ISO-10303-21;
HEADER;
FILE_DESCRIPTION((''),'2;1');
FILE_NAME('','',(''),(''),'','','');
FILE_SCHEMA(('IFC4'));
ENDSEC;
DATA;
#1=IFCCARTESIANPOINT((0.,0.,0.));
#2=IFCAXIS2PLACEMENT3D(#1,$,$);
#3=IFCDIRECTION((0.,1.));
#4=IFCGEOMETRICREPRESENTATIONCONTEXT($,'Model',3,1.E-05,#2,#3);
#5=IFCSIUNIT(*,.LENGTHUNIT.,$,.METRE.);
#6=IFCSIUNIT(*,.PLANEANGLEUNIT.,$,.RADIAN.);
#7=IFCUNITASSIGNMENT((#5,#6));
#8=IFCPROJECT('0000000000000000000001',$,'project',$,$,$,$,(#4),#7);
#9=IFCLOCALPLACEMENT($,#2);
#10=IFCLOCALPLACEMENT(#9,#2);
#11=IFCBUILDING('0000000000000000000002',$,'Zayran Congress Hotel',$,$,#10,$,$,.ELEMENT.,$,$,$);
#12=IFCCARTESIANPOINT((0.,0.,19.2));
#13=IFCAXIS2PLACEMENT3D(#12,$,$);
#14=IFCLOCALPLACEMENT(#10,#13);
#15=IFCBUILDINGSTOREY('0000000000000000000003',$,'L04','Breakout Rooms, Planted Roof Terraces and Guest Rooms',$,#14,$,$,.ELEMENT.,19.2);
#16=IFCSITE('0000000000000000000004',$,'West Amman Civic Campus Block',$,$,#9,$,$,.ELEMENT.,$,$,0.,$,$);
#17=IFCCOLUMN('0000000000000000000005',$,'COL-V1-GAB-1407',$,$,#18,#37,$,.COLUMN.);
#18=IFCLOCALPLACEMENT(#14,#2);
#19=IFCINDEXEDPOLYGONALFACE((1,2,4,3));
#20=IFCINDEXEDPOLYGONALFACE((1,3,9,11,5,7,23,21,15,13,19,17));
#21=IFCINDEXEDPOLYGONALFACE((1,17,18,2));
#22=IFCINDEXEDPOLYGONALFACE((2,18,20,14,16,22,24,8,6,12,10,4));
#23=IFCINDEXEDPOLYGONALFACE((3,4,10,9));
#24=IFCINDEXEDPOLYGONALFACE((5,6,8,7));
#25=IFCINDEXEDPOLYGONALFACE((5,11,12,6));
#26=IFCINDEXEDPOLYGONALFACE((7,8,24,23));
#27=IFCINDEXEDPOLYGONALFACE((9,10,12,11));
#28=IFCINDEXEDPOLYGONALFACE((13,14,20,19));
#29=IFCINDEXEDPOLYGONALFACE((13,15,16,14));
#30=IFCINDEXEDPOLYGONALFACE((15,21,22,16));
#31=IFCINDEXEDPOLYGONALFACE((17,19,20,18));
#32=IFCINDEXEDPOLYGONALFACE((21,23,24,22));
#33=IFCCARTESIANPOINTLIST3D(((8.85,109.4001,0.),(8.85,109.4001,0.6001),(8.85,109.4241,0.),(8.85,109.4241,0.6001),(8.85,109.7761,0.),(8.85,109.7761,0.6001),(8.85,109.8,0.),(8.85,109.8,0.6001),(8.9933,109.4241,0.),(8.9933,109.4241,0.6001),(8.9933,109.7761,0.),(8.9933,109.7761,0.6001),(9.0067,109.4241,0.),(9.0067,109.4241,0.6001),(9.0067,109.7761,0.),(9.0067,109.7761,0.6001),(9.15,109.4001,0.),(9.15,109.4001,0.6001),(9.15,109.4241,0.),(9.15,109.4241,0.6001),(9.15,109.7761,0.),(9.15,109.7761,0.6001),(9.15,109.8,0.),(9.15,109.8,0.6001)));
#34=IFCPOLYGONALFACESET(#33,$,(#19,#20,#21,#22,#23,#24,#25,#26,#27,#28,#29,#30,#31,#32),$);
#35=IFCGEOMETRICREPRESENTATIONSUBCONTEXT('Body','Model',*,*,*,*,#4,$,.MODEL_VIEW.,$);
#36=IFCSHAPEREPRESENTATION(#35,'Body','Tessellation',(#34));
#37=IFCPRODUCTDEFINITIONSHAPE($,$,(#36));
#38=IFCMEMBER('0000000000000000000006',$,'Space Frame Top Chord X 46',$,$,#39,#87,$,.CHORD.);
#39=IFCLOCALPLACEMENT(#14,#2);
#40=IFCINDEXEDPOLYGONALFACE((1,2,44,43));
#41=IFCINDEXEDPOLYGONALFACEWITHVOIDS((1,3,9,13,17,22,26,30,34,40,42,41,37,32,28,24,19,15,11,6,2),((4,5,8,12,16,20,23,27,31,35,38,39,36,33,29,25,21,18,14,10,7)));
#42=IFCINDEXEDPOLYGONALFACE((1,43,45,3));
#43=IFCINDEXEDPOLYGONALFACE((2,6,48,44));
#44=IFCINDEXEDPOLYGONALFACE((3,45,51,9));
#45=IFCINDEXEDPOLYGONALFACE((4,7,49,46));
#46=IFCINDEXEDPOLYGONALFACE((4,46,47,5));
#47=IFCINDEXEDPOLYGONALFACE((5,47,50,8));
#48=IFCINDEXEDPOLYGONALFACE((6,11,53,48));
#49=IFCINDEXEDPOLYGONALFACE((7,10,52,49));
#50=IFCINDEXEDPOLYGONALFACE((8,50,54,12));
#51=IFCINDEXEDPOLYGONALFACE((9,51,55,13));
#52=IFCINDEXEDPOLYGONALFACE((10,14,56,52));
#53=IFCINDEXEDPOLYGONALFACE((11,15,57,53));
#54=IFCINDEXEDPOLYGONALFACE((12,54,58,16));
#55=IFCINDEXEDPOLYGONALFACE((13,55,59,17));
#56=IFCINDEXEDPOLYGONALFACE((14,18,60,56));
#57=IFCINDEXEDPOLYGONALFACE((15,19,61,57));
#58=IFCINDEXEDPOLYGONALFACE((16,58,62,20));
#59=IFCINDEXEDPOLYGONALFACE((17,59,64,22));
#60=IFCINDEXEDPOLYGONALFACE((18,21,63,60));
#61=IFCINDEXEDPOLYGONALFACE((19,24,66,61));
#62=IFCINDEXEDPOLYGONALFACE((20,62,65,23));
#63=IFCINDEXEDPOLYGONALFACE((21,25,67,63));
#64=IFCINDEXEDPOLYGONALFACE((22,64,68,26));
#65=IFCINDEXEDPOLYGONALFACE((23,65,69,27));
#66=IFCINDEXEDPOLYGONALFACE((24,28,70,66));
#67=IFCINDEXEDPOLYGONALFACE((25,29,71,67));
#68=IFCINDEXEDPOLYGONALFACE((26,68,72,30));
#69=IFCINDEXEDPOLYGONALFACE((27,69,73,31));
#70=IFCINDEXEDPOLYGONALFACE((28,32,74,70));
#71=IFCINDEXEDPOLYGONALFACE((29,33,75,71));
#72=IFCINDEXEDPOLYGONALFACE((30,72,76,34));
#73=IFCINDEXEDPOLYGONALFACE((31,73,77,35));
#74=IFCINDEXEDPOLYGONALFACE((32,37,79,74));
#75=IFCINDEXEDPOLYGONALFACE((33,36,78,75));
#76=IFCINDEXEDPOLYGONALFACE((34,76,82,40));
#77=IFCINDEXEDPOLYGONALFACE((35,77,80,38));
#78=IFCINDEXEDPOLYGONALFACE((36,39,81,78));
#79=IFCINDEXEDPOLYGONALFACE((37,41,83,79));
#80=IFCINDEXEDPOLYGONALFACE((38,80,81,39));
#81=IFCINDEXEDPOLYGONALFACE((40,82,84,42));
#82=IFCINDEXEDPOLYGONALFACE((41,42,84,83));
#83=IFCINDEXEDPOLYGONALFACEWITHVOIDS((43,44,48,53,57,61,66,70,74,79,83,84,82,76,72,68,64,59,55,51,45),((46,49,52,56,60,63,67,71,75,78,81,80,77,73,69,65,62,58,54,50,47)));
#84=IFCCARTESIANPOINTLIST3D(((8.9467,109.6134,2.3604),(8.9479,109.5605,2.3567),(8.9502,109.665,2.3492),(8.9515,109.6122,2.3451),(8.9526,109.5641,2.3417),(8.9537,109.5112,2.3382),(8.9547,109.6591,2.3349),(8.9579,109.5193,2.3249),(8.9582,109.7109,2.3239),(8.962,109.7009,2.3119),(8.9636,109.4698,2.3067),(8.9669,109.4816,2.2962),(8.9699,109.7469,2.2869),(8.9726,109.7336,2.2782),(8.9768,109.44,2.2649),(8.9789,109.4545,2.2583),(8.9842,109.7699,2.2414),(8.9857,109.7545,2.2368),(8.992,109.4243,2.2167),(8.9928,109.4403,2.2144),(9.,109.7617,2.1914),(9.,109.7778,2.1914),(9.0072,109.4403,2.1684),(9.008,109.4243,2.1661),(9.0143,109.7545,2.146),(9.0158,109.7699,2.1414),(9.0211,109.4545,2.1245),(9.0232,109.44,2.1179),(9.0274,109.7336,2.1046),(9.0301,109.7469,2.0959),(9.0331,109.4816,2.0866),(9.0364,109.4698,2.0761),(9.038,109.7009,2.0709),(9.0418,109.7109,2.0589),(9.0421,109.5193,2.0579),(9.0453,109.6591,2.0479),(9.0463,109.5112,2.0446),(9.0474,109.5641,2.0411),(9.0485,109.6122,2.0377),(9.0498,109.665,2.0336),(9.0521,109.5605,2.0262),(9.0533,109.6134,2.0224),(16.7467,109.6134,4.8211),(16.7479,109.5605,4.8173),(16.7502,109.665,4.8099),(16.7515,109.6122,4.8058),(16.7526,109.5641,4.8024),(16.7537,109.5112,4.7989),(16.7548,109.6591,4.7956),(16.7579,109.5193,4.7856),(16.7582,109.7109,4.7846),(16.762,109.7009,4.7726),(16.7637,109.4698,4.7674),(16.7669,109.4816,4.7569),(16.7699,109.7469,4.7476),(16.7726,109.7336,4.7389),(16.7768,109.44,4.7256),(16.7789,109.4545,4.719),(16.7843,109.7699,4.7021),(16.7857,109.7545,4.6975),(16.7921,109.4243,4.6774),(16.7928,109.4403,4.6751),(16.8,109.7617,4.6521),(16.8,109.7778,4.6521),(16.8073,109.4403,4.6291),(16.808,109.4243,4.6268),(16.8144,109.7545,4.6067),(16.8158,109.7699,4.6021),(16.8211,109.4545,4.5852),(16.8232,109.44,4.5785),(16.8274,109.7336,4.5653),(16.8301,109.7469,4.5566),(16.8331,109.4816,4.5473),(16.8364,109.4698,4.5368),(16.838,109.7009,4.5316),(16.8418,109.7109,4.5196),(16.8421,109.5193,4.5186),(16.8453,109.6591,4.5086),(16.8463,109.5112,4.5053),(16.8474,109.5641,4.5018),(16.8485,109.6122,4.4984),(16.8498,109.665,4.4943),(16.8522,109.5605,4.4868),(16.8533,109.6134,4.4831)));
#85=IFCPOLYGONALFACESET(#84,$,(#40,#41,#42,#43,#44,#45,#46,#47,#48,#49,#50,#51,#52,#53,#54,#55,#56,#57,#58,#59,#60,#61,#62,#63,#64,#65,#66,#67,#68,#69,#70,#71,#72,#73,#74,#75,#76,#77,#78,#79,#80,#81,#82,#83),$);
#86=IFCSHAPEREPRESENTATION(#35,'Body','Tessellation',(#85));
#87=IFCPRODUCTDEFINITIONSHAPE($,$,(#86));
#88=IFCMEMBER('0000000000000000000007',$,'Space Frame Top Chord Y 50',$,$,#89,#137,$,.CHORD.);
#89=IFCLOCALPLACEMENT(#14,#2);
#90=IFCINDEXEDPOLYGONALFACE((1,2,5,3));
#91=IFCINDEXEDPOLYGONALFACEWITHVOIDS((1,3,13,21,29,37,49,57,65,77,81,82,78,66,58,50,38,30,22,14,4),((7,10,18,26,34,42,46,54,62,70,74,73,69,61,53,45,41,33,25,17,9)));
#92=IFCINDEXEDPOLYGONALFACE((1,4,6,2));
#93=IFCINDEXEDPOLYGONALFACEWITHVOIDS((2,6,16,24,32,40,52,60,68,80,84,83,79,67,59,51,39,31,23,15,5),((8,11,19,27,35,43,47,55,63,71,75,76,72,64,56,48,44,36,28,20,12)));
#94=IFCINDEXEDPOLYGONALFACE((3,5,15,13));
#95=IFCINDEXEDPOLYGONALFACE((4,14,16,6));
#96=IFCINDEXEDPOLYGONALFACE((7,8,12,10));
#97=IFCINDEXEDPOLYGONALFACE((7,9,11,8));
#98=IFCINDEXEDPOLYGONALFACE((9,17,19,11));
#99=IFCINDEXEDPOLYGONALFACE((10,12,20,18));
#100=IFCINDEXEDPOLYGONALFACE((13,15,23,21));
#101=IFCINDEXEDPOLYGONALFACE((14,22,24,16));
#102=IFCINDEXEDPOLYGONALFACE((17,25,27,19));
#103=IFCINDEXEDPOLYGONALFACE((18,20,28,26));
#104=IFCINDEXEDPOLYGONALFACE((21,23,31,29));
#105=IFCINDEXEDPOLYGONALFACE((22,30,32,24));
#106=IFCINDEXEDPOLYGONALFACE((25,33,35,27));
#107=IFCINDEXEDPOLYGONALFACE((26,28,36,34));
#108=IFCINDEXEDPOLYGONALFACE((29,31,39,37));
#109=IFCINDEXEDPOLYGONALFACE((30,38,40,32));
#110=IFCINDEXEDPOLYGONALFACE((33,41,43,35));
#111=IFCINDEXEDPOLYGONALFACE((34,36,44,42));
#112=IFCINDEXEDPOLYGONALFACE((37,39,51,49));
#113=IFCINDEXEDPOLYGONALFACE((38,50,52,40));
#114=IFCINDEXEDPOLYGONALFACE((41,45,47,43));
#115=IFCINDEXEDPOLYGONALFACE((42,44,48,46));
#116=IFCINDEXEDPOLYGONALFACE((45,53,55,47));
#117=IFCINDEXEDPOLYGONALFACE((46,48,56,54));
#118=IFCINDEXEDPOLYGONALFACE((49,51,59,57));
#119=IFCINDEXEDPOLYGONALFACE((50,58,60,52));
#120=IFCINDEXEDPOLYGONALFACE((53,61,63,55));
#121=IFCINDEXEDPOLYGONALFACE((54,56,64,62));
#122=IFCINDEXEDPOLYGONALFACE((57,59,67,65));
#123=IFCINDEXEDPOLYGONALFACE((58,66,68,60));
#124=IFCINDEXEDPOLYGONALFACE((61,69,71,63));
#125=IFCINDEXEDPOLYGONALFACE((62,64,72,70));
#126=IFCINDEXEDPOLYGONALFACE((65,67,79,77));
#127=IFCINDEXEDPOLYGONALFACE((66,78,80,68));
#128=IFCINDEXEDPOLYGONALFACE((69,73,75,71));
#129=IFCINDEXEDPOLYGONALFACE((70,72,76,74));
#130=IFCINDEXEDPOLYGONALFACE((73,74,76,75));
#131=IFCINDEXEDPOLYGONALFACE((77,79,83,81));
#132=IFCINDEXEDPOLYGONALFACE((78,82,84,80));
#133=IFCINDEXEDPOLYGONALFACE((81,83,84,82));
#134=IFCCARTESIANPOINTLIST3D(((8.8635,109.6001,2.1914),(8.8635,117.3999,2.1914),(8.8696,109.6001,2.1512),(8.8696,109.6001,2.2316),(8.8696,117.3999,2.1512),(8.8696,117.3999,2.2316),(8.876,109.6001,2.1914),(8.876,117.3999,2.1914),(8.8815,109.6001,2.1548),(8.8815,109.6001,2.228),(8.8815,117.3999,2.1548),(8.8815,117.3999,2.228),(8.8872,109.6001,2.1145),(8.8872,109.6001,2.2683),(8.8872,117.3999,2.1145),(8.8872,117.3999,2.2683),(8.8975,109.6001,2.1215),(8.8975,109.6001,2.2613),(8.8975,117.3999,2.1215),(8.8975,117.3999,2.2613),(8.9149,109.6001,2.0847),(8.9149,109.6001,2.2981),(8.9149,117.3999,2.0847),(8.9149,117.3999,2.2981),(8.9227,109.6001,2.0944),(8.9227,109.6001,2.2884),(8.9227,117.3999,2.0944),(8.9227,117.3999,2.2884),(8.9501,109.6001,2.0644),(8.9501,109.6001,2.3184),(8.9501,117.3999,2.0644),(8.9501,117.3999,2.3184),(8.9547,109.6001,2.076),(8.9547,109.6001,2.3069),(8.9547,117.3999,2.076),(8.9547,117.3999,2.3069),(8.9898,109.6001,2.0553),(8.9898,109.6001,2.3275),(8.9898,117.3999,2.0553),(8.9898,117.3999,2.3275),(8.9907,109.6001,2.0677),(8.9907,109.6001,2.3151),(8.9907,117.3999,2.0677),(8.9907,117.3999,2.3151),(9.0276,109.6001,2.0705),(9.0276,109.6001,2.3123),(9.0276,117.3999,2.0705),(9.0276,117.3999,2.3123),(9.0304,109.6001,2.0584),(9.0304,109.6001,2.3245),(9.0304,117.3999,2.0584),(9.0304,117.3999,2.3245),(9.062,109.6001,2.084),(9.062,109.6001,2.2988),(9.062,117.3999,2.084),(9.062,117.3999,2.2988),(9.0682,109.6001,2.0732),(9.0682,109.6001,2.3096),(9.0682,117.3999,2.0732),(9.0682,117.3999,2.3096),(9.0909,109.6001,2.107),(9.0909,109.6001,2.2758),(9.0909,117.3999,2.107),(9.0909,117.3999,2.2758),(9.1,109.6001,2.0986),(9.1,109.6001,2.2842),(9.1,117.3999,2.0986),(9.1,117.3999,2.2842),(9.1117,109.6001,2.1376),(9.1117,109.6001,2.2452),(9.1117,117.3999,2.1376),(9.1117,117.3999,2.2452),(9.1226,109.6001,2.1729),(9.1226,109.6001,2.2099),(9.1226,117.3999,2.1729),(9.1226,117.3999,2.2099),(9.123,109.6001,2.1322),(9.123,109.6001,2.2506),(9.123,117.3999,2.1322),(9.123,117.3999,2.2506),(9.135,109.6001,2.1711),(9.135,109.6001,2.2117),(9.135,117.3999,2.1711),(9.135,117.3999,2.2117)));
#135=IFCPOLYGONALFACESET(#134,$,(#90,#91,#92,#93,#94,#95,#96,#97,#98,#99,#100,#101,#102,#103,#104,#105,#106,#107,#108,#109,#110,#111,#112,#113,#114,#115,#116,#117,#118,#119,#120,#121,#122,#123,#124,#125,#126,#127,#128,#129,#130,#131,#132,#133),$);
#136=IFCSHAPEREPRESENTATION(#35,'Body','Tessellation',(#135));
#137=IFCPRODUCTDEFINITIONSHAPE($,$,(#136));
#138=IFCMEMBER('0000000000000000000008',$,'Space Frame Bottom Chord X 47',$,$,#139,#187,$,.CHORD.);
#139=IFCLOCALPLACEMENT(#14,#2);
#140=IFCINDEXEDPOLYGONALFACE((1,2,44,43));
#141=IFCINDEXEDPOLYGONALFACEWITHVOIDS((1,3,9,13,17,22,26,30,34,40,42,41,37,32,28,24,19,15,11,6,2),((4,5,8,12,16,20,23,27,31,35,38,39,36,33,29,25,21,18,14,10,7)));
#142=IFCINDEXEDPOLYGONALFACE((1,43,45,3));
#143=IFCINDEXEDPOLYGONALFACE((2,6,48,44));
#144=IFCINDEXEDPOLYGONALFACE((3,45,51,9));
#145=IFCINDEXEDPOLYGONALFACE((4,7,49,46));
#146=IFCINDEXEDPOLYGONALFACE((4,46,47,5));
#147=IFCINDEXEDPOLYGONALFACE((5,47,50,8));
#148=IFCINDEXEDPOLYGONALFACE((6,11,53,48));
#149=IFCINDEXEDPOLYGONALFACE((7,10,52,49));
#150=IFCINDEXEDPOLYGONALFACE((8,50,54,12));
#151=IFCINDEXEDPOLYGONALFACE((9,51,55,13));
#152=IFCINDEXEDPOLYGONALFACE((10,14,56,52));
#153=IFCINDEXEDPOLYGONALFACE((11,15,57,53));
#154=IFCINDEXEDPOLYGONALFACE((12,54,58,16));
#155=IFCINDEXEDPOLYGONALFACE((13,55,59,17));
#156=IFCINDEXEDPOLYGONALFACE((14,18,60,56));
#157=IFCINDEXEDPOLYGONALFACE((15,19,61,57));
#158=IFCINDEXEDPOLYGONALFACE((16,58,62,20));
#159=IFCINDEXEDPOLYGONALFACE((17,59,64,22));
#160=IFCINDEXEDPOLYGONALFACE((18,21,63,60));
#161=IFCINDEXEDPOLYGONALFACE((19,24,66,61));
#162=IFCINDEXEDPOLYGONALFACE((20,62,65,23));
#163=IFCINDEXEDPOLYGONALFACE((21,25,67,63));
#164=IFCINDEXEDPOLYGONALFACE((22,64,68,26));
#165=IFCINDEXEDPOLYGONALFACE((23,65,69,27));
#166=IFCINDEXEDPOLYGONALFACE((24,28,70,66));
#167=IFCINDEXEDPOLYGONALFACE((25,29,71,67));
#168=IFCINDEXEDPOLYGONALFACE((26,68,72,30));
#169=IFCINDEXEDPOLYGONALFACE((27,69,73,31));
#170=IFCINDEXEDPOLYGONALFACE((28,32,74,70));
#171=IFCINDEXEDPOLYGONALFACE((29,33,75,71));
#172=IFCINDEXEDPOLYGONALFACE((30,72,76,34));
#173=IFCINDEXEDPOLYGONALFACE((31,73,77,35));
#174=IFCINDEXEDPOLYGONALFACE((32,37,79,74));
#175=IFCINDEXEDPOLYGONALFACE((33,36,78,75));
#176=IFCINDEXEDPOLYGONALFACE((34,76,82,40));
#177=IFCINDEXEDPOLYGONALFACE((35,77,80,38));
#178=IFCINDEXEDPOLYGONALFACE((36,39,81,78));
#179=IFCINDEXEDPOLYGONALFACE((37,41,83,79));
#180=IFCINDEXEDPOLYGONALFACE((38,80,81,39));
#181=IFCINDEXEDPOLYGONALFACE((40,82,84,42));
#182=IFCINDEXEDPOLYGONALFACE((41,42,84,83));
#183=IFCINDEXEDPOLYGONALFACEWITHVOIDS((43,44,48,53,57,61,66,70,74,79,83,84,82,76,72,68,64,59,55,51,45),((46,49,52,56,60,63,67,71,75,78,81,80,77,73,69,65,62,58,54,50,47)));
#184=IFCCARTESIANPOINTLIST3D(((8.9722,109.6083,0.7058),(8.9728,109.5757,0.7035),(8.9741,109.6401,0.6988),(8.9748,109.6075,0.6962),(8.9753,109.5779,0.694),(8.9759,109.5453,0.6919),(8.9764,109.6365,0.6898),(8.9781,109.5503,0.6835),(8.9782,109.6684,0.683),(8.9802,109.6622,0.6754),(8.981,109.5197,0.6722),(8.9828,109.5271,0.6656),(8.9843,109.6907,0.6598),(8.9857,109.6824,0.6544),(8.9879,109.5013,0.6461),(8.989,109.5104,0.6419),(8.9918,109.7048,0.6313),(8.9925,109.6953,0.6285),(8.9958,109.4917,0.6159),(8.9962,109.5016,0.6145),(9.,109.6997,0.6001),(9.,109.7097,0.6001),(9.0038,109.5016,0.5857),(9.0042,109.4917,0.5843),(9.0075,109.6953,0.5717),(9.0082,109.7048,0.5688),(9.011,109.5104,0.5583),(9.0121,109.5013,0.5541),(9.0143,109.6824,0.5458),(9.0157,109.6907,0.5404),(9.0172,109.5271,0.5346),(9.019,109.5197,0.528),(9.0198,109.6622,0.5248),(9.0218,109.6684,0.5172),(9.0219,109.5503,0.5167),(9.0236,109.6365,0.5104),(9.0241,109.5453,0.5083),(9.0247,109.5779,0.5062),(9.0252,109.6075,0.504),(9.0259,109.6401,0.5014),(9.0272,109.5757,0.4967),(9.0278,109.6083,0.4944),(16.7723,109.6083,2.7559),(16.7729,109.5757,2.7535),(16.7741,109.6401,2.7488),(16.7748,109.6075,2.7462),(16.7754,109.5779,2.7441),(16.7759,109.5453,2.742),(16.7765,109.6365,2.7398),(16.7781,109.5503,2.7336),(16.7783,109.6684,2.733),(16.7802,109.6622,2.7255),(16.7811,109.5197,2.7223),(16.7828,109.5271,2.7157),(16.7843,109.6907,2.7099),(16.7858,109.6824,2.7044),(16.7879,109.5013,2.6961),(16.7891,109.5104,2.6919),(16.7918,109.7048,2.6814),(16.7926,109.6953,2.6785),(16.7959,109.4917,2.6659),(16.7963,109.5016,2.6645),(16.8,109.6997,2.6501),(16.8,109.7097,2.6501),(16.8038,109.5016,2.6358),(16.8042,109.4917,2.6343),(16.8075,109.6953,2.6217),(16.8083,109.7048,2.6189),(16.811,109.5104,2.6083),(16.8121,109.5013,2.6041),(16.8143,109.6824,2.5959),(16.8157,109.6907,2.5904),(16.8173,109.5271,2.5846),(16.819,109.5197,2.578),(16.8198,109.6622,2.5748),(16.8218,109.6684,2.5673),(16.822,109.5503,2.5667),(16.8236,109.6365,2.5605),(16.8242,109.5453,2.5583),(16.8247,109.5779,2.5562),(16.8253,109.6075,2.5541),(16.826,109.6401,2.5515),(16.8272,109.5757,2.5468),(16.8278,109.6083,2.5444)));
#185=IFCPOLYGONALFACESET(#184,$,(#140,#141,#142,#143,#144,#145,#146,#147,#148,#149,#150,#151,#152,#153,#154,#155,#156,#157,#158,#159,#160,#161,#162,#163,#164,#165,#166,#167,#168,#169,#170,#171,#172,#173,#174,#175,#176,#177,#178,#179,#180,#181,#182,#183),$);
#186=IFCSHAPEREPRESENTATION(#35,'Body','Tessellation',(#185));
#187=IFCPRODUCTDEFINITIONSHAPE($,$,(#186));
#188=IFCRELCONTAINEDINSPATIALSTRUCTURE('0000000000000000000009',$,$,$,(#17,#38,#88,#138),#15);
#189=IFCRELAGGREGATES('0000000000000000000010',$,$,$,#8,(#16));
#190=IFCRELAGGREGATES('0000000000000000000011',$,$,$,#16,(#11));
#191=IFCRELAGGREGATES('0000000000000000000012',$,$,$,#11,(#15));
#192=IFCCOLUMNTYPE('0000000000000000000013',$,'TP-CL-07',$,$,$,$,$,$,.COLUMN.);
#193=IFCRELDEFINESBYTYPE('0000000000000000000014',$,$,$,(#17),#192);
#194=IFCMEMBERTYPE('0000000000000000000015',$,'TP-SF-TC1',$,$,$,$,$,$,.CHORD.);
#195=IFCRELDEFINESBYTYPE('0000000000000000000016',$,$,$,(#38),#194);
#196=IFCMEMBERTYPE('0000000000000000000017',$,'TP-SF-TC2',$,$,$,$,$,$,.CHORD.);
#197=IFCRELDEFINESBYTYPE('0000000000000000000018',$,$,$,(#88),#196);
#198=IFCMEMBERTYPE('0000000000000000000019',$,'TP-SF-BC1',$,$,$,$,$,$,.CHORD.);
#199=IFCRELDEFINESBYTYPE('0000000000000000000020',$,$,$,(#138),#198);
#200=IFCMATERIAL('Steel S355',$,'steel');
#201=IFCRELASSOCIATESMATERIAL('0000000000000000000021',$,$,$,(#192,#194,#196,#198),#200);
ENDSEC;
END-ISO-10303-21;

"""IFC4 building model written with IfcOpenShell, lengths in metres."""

from ifc_helpers import new_model, si_unit, direction, frame, origin, origin_2d, place, context, subcontext, project, spatial, hollow_circle, i_section, extrude, material, material_profile, profile_set, type_object, element, save


model = new_model("IFC4")

# Units and contexts
model_context = context("Model", 3, precision=1e-05, world=origin(), true_north=direction((0.0, 1.0)))
body_context = subcontext(model_context, "Body", "Model", "MODEL_VIEW")
ifc_project = project(units=[si_unit("LENGTHUNIT", "METRE"), si_unit("PLANEANGLEUNIT", "RADIAN")], contexts=[model_context])

# Site, building, storey
site_placement = place(None, origin())
site = spatial("IfcSite", under=ifc_project, at=site_placement, Name="West Amman Civic Campus Block", CompositionType="ELEMENT", RefElevation=0.0)
building_placement = place(site_placement, origin())
building = spatial("IfcBuilding", under=site, at=building_placement, Name="Zayran Congress Hotel", CompositionType="ELEMENT")
storey_placement = place(building_placement, frame((0.0, 0.0, 19.2)))
storey = spatial("IfcBuildingStorey", under=building, at=storey_placement, Name="L04", Description="Breakout Rooms, Planted Roof Terraces and Guest Rooms", CompositionType="ELEMENT", Elevation=19.2)

# Column
ifc_material_1 = material(Name="Steel S355", Category="steel")
ifc_material_profile_1 = material_profile(ifc_material_1, i_section(OverallWidth=0.3, OverallDepth=0.3999, WebThickness=0.0134, FlangeThickness=0.0239, at=origin_2d()), Name="HEB 400")
ifc_profile_set_1 = profile_set([ifc_material_profile_1], Name="Steel S355")
column_type = type_object("IfcColumnType", Name="TP-CL-07", PredefinedType="COLUMN", material=ifc_profile_set_1)
column_placement = place(storey_placement, frame((9.0, 109.6001, 0.0), z_axis=(0.0, 0.0, 1.0), x_axis=(1.0, 0.0, 0.0)))
element("IfcColumn", 1, at=column_placement, inside=storey, type_object=column_type, Name="COL-V1-GAB-1407", PredefinedType="COLUMN", context=body_context, shape_type="SweptSolid", body=[
    extrude(i_section(OverallWidth=0.3, OverallDepth=0.3999, WebThickness=0.0134, FlangeThickness=0.0239, at=origin_2d()), origin(), (0.0, 0.0, 1.0), 0.6001),
])

# Members
ifc_material_profile_2 = material_profile(ifc_material_1, hollow_circle(Radius=0.1777, WallThickness=0.0161, at=origin_2d()), Name="CHS 355.6x16")
ifc_profile_set_2 = profile_set([ifc_material_profile_2], Name="Steel S355")
member_type_1 = type_object("IfcMemberType", Name="TP-SF-TC1", PredefinedType="CHORD", material=ifc_profile_set_2)
member_1_placement = place(storey_placement, frame((9.0, 109.6001, 2.1914), z_axis=(0.95367, 0.0, 0.300856), x_axis=(0.0, 1.0, 0.0)))
element("IfcMember", 2, at=member_1_placement, inside=storey, type_object=member_type_1, Name="Space Frame Top Chord X 46", PredefinedType="CHORD", context=body_context, shape_type="SweptSolid", body=[
    extrude(hollow_circle(Radius=0.1777, WallThickness=0.0161, at=origin_2d()), origin(), (0.0, 0.0, 1.0), 8.179),
])
ifc_material_profile_3 = material_profile(ifc_material_1, hollow_circle(Radius=0.1365, WallThickness=0.0125, at=origin_2d()), Name="CHS 273x12.5")
ifc_profile_set_3 = profile_set([ifc_material_profile_3], Name="Steel S355")
member_type_2 = type_object("IfcMemberType", Name="TP-SF-TC2", PredefinedType="CHORD", material=ifc_profile_set_3)
member_2_placement = place(storey_placement, frame((9.0, 109.6001, 2.1914), z_axis=(0.0, 1.0, 0.0), x_axis=(-1.0, 0.0, 0.0)))
element("IfcMember", 3, at=member_2_placement, inside=storey, type_object=member_type_2, Name="Space Frame Top Chord Y 50", PredefinedType="CHORD", context=body_context, shape_type="SweptSolid", body=[
    extrude(hollow_circle(Radius=0.1365, WallThickness=0.0125, at=origin_2d()), origin(), (0.0, 0.0, 1.0), 7.7998),
])
ifc_material_profile_4 = material_profile(ifc_material_1, hollow_circle(Radius=0.1096, WallThickness=0.01, at=origin_2d()), Name="CHS 219.1x10")
ifc_profile_set_4 = profile_set([ifc_material_profile_4], Name="Steel S355")
member_type_3 = type_object("IfcMemberType", Name="TP-SF-BC1", PredefinedType="CHORD", material=ifc_profile_set_4)
member_3_placement = place(storey_placement, frame((9.0, 109.6001, 0.6001), z_axis=(0.967154, 0.0, 0.254192), x_axis=(0.0, 1.0, 0.0)))
element("IfcMember", 4, at=member_3_placement, inside=storey, type_object=member_type_3, Name="Space Frame Bottom Chord X 47", PredefinedType="CHORD", context=body_context, shape_type="SweptSolid", body=[
    extrude(hollow_circle(Radius=0.1096, WallThickness=0.01, at=origin_2d()), origin(), (0.0, 0.0, 1.0), 8.0649),
])

save(model, "model.ifc")
